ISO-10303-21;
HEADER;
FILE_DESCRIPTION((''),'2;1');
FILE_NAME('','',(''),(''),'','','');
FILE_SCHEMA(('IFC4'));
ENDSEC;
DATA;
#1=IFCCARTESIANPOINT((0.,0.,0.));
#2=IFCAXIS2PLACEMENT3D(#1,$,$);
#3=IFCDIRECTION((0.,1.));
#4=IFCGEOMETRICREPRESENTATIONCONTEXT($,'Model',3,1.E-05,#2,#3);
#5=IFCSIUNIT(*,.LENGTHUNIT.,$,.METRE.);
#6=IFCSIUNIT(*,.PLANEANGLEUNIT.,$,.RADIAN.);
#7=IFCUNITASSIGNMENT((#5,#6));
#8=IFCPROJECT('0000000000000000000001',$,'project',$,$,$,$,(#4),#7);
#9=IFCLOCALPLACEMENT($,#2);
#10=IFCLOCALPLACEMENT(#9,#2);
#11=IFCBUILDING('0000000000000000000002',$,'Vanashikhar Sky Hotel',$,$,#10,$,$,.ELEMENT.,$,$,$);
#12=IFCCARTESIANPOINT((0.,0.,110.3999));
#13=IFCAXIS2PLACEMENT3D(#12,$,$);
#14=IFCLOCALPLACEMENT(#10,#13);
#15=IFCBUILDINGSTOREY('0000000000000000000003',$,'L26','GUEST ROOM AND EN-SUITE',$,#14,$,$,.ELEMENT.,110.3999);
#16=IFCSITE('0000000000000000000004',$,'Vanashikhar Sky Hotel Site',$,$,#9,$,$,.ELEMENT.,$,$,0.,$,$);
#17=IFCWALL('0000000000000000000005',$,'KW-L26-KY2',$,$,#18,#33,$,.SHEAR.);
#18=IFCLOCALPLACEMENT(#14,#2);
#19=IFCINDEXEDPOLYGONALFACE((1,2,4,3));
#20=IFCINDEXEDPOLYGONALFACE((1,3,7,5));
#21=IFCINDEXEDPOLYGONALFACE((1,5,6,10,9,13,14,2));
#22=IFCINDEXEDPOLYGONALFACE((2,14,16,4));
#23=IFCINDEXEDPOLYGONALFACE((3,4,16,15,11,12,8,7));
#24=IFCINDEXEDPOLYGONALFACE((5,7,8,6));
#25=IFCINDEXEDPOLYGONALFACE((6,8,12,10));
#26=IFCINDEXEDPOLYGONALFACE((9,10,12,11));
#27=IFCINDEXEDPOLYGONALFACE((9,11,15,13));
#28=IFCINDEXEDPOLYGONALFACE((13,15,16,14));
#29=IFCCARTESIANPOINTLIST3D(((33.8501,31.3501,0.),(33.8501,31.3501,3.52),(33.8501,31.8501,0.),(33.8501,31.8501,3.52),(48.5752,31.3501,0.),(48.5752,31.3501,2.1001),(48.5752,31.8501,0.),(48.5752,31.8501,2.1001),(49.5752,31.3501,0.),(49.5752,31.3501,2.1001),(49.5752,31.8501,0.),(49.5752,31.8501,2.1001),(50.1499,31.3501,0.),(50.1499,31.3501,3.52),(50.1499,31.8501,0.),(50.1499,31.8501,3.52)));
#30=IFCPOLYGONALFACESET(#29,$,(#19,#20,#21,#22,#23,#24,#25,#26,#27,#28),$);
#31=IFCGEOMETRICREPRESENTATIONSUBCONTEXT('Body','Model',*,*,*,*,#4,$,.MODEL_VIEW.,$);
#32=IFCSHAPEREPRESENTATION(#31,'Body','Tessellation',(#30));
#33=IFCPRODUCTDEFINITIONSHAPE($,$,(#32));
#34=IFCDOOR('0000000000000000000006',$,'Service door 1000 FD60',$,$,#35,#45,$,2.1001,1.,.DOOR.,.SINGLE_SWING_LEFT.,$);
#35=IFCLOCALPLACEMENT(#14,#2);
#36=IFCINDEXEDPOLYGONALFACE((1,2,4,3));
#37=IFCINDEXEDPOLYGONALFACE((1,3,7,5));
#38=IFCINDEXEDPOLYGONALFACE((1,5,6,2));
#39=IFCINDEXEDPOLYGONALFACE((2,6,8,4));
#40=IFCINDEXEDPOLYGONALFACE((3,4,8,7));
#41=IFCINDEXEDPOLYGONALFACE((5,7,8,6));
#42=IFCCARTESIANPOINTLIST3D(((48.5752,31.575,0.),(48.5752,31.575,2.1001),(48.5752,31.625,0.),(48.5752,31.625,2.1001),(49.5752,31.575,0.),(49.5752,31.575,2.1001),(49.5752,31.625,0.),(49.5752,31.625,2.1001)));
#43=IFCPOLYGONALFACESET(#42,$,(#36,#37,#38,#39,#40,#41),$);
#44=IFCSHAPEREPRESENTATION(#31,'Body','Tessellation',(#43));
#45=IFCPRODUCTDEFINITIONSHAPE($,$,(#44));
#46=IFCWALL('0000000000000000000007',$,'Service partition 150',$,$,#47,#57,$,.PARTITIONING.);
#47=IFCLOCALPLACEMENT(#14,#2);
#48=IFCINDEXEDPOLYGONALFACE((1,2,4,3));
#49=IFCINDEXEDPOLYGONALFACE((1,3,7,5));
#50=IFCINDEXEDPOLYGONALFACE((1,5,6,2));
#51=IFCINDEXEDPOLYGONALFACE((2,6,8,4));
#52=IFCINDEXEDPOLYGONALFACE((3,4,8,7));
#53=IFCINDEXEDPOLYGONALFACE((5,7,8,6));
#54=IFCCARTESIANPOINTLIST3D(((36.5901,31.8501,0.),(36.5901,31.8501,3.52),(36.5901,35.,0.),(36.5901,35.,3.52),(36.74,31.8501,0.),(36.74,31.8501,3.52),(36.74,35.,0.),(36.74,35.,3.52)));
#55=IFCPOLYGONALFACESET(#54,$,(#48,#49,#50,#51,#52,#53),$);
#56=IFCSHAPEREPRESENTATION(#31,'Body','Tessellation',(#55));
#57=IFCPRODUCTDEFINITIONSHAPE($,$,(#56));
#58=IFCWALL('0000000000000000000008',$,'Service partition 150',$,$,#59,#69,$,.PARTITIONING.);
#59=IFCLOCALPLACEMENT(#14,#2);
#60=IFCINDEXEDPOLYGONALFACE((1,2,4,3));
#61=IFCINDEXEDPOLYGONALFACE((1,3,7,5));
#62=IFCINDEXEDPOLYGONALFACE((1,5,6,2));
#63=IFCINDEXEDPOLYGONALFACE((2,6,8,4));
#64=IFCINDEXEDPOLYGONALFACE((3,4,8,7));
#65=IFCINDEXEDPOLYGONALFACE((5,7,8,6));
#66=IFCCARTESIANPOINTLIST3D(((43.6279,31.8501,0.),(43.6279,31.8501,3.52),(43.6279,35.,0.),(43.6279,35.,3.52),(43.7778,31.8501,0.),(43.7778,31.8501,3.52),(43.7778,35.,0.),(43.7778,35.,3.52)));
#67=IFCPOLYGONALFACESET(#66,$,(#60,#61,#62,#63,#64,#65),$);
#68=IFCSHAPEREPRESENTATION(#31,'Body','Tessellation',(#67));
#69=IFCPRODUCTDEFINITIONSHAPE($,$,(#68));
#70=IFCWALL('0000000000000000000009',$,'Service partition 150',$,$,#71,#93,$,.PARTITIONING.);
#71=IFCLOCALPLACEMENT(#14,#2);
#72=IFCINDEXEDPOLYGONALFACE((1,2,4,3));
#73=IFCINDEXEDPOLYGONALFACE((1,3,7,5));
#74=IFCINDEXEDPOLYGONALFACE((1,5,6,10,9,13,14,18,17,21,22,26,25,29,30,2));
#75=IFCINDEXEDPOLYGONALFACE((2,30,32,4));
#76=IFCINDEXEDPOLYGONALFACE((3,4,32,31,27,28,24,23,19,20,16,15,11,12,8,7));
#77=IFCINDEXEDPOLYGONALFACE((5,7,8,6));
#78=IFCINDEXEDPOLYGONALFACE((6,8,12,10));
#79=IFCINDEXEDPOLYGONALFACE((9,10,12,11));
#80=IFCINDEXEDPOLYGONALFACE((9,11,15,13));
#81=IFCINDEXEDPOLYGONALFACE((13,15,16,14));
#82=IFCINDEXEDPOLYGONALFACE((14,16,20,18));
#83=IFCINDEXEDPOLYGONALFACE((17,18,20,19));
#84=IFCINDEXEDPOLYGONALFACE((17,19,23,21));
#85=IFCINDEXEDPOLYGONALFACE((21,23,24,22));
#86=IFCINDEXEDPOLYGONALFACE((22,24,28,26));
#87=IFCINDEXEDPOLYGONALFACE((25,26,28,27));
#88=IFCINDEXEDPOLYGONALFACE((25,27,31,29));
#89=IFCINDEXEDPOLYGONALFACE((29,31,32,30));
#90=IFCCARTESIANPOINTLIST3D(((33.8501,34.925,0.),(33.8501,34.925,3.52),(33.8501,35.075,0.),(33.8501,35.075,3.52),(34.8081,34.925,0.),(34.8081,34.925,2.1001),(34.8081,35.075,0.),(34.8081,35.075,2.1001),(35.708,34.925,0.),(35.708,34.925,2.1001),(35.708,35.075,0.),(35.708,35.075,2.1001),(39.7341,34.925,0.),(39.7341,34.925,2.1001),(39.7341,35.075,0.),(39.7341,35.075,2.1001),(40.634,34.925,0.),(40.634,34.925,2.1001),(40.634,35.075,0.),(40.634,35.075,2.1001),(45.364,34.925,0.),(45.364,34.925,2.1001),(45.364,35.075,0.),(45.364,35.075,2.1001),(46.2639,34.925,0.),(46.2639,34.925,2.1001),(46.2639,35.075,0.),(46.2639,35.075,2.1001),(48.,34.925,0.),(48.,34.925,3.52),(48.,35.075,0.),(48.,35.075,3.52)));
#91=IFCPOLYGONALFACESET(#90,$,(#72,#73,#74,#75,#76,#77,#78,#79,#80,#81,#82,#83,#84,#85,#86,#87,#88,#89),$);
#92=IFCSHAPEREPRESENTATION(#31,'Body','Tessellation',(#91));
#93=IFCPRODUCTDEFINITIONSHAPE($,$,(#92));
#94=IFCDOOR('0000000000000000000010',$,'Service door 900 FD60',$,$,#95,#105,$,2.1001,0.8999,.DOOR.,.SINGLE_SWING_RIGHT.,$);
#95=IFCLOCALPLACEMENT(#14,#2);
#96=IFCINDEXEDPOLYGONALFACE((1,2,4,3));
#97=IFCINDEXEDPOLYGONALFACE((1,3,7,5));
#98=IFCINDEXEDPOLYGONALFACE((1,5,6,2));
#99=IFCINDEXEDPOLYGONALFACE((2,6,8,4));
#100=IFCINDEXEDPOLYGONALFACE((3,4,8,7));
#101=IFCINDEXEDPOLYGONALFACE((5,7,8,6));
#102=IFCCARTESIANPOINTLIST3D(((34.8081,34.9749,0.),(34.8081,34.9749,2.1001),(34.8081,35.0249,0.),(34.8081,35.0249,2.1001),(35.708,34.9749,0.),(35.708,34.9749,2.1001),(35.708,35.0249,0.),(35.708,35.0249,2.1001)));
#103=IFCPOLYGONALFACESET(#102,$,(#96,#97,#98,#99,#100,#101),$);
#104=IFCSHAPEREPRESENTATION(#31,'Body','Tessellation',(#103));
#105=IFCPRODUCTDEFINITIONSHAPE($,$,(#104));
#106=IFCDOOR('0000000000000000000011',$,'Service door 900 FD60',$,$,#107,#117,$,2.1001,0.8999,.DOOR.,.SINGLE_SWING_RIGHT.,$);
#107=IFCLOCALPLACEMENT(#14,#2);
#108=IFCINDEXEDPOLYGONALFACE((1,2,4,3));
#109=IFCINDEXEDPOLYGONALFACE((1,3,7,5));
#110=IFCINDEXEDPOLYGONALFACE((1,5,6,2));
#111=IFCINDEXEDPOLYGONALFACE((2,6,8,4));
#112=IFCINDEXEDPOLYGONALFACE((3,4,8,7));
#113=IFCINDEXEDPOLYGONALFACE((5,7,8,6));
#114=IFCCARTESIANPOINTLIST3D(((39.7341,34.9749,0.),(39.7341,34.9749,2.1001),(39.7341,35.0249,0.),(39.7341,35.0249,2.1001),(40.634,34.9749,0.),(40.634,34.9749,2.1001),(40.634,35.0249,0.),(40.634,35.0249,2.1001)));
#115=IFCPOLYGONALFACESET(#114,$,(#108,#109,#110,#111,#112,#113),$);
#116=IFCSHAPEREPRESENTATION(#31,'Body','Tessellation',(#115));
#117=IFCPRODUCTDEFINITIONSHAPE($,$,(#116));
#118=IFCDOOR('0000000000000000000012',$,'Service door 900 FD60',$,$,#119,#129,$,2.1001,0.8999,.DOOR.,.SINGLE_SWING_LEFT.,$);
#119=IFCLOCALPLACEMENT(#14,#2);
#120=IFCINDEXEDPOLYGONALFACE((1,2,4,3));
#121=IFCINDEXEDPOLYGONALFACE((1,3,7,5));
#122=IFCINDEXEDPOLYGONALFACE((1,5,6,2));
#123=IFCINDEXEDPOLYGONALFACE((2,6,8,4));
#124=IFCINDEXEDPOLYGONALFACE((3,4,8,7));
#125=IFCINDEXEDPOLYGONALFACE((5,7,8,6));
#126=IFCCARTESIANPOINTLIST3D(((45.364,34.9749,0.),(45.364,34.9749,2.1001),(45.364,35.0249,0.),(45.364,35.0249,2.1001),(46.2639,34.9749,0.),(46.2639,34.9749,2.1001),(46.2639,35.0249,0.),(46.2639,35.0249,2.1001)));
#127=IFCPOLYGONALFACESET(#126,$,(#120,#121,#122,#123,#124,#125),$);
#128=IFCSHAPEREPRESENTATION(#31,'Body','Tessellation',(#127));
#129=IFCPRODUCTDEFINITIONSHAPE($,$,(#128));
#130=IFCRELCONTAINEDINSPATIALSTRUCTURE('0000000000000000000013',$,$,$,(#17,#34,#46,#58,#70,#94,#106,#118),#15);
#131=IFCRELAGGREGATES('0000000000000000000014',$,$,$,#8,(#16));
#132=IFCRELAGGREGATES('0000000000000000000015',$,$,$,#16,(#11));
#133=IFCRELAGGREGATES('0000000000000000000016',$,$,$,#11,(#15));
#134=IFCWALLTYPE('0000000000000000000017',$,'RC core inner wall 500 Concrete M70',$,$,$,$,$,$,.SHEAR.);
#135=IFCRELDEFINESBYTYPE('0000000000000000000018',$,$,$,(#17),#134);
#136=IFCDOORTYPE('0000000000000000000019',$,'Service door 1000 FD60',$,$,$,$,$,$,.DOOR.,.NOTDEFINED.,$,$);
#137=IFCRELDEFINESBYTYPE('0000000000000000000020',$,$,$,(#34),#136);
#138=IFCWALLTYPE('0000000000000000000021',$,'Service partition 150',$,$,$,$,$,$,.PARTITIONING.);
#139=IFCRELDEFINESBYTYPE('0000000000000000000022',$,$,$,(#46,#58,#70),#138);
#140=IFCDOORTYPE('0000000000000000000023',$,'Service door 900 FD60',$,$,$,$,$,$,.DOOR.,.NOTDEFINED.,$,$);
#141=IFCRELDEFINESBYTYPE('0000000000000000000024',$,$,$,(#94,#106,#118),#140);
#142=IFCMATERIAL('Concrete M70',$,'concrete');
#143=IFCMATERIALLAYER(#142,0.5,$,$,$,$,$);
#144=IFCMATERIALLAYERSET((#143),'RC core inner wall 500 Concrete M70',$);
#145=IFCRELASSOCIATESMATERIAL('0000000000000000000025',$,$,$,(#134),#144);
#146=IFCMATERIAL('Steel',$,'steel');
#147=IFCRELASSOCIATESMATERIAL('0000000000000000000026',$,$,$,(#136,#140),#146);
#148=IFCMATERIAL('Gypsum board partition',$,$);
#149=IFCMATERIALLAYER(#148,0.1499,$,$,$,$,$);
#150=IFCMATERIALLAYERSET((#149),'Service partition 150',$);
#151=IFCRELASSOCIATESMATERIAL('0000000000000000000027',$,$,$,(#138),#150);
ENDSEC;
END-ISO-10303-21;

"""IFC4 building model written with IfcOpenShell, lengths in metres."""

from ifc_helpers import new_model, si_unit, direction, frame, frame_2d, origin, place, context, subcontext, project, spatial, rectangle, extrude, source, transform, mapped, material, layer, layer_set, type_object, element, fill, save


model = new_model("IFC4")

# Units and contexts
model_context = context("Model", 3, precision=1e-05, world=origin(), true_north=direction((0.0, 1.0)))
body_context = subcontext(model_context, "Body", "Model", "MODEL_VIEW")
ifc_project = project(units=[si_unit("LENGTHUNIT", "METRE"), si_unit("PLANEANGLEUNIT", "RADIAN")], contexts=[model_context])

# Site, building, storey
site_placement = place(None, origin())
site = spatial("IfcSite", under=ifc_project, at=site_placement, Name="Vanashikhar Sky Hotel Site", CompositionType="ELEMENT", RefElevation=0.0)
building_placement = place(site_placement, origin())
building = spatial("IfcBuilding", under=site, at=building_placement, Name="Vanashikhar Sky Hotel", CompositionType="ELEMENT")
storey_placement = place(building_placement, frame((0.0, 0.0, 110.3999)))
storey = spatial("IfcBuildingStorey", under=building, at=storey_placement, Name="L26", Description="GUEST ROOM AND EN-SUITE", CompositionType="ELEMENT", Elevation=110.3999)

# Wall, opening, door
ifc_material_1 = material(Name="Concrete M70", Category="concrete")
ifc_layer_1 = layer(ifc_material_1, 0.5)
ifc_layer_set_1 = layer_set([ifc_layer_1], Name="RC core inner wall 500 Concrete M70")
wall_type_1 = type_object("IfcWallType", Name="RC core inner wall 500 Concrete M70", PredefinedType="SHEAR", material=ifc_layer_set_1)
shared_shape_1 = source(origin(), body_context, "Body", "SweptSolid", [
    extrude(rectangle(XDim=16.2998, YDim=0.5, at=frame_2d((8.1499, 0.0))), origin(), (0.0, 0.0, 1.0), 3.52),
])
wall_1_placement = place(storey_placement, frame((33.8501, 31.6001, 0.0), z_axis=(0.0, 0.0, 1.0), x_axis=(1.0, 0.0, 0.0)))
wall_1 = element("IfcWall", 1, at=wall_1_placement, inside=storey, type_object=wall_type_1, Name="KW-L26-KY2", PredefinedType="SHEAR", context=body_context, shape_type="MappedRepresentation", body=[
    mapped(shared_shape_1, transform((0.0, 0.0, 0.0), scale=1.0)),
])
shared_shape_2 = source(origin(), body_context, "Body", "SweptSolid", [
    extrude(rectangle(XDim=1.0, YDim=2.1001, at=frame_2d((0.5, 1.05))), frame((0.0, 0.26, 0.0), z_axis=(0.0, -1.0, 0.0), x_axis=(1.0, 0.0, 0.0)), (0.0, 0.0, 1.0), 0.52),
])
opening_1_placement = place(wall_1_placement, frame((14.7251, 0.0, 0.0)))
opening_1 = element("IfcOpeningElement", 2, at=opening_1_placement, cuts=wall_1, PredefinedType="OPENING", context=body_context, shape_type="MappedRepresentation", body=[
    mapped(shared_shape_2, transform((0.0, 0.0, 0.0), scale=1.0)),
])
ifc_material_2 = material(Name="Steel", Category="steel")
door_type_1 = type_object("IfcDoorType", Name="Service door 1000 FD60", OperationType="NOTDEFINED", PredefinedType="DOOR", material=ifc_material_2)
shared_shape_3 = source(origin(), body_context, "Body", "SweptSolid", [
    extrude(rectangle(XDim=1.0, YDim=2.1001, at=frame_2d((0.5, 1.05))), frame((0.0, 0.0249, 0.0), z_axis=(0.0, -1.0, 0.0), x_axis=(1.0, 0.0, 0.0)), (0.0, 0.0, 1.0), 0.05),
])
door_1_placement = place(opening_1_placement, origin())
door_1 = element("IfcDoor", 3, at=door_1_placement, inside=storey, type_object=door_type_1, Name="Service door 1000 FD60", OperationType="SINGLE_SWING_LEFT", OverallHeight=2.1001, OverallWidth=1.0, PredefinedType="DOOR", context=body_context, shape_type="MappedRepresentation", body=[
    mapped(shared_shape_3, transform((0.0, 0.0, 0.0), scale=1.0)),
])
fill(opening_1, door_1)

# Walls
ifc_material_3 = material(Name="Gypsum board partition")
ifc_layer_2 = layer(ifc_material_3, 0.1499)
ifc_layer_set_2 = layer_set([ifc_layer_2], Name="Service partition 150")
wall_type_2 = type_object("IfcWallType", Name="Service partition 150", PredefinedType="PARTITIONING", material=ifc_layer_set_2)
shared_shape_4 = source(origin(), body_context, "Body", "SweptSolid", [
    extrude(rectangle(XDim=3.1499, YDim=0.1499, at=frame_2d((1.575, 0.0))), origin(), (0.0, 0.0, 1.0), 3.52),
])
for number, where, z_axis, x_axis, name in (
    (4, (36.665, 31.8501, 0.0), (0.0, 0.0, 1.0), (0.0, 1.0, 0.0), "Service partition 150"),
    (5, (43.7029, 31.8501, 0.0), (0.0, 0.0, 1.0), (0.0, 1.0, 0.0), "Service partition 150"),
):
    element("IfcWall", number, at=place(storey_placement, frame(where, z_axis=z_axis, x_axis=x_axis)), inside=storey, type_object=wall_type_2, Name=name, PredefinedType="PARTITIONING", context=body_context, shape_type="MappedRepresentation", body=[
        mapped(shared_shape_4, transform((0.0, 0.0, 0.0), scale=1.0)),
    ])

# Wall, openings, doors
shared_shape_5 = source(origin(), body_context, "Body", "SweptSolid", [
    extrude(rectangle(XDim=14.1499, YDim=0.1499, at=frame_2d((7.075, 0.0))), origin(), (0.0, 0.0, 1.0), 3.52),
])
wall_2_placement = place(storey_placement, frame((33.8501, 35.0, 0.0), z_axis=(0.0, 0.0, 1.0), x_axis=(1.0, 0.0, 0.0)))
wall_2 = element("IfcWall", 6, at=wall_2_placement, inside=storey, type_object=wall_type_2, Name="Service partition 150", PredefinedType="PARTITIONING", context=body_context, shape_type="MappedRepresentation", body=[
    mapped(shared_shape_5, transform((0.0, 0.0, 0.0), scale=1.0)),
])
shared_shape_6 = source(origin(), body_context, "Body", "SweptSolid", [
    extrude(rectangle(XDim=0.8999, YDim=2.1001, at=frame_2d((0.45, 1.05))), frame((0.0, 0.085, 0.0), z_axis=(0.0, -1.0, 0.0), x_axis=(1.0, 0.0, 0.0)), (0.0, 0.0, 1.0), 0.1699),
])
opening_2_placement = place(wall_2_placement, frame((0.958, 0.0, 0.0)))
opening_2 = element("IfcOpeningElement", 7, at=opening_2_placement, cuts=wall_2, PredefinedType="OPENING", context=body_context, shape_type="MappedRepresentation", body=[
    mapped(shared_shape_6, transform((0.0, 0.0, 0.0), scale=1.0)),
])
opening_3_placement = place(wall_2_placement, frame((5.884, 0.0, 0.0)))
opening_3 = element("IfcOpeningElement", 8, at=opening_3_placement, cuts=wall_2, PredefinedType="OPENING", context=body_context, shape_type="MappedRepresentation", body=[
    mapped(shared_shape_6, transform((0.0, 0.0, 0.0), scale=1.0)),
])
opening_4_placement = place(wall_2_placement, frame((11.5139, 0.0, 0.0)))
opening_4 = element("IfcOpeningElement", 9, at=opening_4_placement, cuts=wall_2, PredefinedType="OPENING", context=body_context, shape_type="MappedRepresentation", body=[
    mapped(shared_shape_6, transform((0.0, 0.0, 0.0), scale=1.0)),
])
door_type_2 = type_object("IfcDoorType", Name="Service door 900 FD60", OperationType="NOTDEFINED", PredefinedType="DOOR", material=ifc_material_2)
shared_shape_7 = source(origin(), body_context, "Body", "SweptSolid", [
    extrude(rectangle(XDim=0.8999, YDim=2.1001, at=frame_2d((0.45, 1.05))), frame((0.0, 0.0249, 0.0), z_axis=(0.0, -1.0, 0.0), x_axis=(1.0, 0.0, 0.0)), (0.0, 0.0, 1.0), 0.05),
])
door_2_placement = place(opening_2_placement, origin())
door_2 = element("IfcDoor", 10, at=door_2_placement, inside=storey, type_object=door_type_2, Name="Service door 900 FD60", OperationType="SINGLE_SWING_RIGHT", OverallHeight=2.1001, OverallWidth=0.8999, PredefinedType="DOOR", context=body_context, shape_type="MappedRepresentation", body=[
    mapped(shared_shape_7, transform((0.0, 0.0, 0.0), scale=1.0)),
])
fill(opening_2, door_2)
door_3_placement = place(opening_3_placement, origin())
door_3 = element("IfcDoor", 11, at=door_3_placement, inside=storey, type_object=door_type_2, Name="Service door 900 FD60", OperationType="SINGLE_SWING_RIGHT", OverallHeight=2.1001, OverallWidth=0.8999, PredefinedType="DOOR", context=body_context, shape_type="MappedRepresentation", body=[
    mapped(shared_shape_7, transform((0.0, 0.0, 0.0), scale=1.0)),
])
fill(opening_3, door_3)
door_4_placement = place(opening_4_placement, origin())
door_4 = element("IfcDoor", 12, at=door_4_placement, inside=storey, type_object=door_type_2, Name="Service door 900 FD60", OperationType="SINGLE_SWING_LEFT", OverallHeight=2.1001, OverallWidth=0.8999, PredefinedType="DOOR", context=body_context, shape_type="MappedRepresentation", body=[
    mapped(shared_shape_7, transform((0.0, 0.0, 0.0), scale=1.0)),
])
fill(opening_4, door_4)

save(model, "model.ifc")
